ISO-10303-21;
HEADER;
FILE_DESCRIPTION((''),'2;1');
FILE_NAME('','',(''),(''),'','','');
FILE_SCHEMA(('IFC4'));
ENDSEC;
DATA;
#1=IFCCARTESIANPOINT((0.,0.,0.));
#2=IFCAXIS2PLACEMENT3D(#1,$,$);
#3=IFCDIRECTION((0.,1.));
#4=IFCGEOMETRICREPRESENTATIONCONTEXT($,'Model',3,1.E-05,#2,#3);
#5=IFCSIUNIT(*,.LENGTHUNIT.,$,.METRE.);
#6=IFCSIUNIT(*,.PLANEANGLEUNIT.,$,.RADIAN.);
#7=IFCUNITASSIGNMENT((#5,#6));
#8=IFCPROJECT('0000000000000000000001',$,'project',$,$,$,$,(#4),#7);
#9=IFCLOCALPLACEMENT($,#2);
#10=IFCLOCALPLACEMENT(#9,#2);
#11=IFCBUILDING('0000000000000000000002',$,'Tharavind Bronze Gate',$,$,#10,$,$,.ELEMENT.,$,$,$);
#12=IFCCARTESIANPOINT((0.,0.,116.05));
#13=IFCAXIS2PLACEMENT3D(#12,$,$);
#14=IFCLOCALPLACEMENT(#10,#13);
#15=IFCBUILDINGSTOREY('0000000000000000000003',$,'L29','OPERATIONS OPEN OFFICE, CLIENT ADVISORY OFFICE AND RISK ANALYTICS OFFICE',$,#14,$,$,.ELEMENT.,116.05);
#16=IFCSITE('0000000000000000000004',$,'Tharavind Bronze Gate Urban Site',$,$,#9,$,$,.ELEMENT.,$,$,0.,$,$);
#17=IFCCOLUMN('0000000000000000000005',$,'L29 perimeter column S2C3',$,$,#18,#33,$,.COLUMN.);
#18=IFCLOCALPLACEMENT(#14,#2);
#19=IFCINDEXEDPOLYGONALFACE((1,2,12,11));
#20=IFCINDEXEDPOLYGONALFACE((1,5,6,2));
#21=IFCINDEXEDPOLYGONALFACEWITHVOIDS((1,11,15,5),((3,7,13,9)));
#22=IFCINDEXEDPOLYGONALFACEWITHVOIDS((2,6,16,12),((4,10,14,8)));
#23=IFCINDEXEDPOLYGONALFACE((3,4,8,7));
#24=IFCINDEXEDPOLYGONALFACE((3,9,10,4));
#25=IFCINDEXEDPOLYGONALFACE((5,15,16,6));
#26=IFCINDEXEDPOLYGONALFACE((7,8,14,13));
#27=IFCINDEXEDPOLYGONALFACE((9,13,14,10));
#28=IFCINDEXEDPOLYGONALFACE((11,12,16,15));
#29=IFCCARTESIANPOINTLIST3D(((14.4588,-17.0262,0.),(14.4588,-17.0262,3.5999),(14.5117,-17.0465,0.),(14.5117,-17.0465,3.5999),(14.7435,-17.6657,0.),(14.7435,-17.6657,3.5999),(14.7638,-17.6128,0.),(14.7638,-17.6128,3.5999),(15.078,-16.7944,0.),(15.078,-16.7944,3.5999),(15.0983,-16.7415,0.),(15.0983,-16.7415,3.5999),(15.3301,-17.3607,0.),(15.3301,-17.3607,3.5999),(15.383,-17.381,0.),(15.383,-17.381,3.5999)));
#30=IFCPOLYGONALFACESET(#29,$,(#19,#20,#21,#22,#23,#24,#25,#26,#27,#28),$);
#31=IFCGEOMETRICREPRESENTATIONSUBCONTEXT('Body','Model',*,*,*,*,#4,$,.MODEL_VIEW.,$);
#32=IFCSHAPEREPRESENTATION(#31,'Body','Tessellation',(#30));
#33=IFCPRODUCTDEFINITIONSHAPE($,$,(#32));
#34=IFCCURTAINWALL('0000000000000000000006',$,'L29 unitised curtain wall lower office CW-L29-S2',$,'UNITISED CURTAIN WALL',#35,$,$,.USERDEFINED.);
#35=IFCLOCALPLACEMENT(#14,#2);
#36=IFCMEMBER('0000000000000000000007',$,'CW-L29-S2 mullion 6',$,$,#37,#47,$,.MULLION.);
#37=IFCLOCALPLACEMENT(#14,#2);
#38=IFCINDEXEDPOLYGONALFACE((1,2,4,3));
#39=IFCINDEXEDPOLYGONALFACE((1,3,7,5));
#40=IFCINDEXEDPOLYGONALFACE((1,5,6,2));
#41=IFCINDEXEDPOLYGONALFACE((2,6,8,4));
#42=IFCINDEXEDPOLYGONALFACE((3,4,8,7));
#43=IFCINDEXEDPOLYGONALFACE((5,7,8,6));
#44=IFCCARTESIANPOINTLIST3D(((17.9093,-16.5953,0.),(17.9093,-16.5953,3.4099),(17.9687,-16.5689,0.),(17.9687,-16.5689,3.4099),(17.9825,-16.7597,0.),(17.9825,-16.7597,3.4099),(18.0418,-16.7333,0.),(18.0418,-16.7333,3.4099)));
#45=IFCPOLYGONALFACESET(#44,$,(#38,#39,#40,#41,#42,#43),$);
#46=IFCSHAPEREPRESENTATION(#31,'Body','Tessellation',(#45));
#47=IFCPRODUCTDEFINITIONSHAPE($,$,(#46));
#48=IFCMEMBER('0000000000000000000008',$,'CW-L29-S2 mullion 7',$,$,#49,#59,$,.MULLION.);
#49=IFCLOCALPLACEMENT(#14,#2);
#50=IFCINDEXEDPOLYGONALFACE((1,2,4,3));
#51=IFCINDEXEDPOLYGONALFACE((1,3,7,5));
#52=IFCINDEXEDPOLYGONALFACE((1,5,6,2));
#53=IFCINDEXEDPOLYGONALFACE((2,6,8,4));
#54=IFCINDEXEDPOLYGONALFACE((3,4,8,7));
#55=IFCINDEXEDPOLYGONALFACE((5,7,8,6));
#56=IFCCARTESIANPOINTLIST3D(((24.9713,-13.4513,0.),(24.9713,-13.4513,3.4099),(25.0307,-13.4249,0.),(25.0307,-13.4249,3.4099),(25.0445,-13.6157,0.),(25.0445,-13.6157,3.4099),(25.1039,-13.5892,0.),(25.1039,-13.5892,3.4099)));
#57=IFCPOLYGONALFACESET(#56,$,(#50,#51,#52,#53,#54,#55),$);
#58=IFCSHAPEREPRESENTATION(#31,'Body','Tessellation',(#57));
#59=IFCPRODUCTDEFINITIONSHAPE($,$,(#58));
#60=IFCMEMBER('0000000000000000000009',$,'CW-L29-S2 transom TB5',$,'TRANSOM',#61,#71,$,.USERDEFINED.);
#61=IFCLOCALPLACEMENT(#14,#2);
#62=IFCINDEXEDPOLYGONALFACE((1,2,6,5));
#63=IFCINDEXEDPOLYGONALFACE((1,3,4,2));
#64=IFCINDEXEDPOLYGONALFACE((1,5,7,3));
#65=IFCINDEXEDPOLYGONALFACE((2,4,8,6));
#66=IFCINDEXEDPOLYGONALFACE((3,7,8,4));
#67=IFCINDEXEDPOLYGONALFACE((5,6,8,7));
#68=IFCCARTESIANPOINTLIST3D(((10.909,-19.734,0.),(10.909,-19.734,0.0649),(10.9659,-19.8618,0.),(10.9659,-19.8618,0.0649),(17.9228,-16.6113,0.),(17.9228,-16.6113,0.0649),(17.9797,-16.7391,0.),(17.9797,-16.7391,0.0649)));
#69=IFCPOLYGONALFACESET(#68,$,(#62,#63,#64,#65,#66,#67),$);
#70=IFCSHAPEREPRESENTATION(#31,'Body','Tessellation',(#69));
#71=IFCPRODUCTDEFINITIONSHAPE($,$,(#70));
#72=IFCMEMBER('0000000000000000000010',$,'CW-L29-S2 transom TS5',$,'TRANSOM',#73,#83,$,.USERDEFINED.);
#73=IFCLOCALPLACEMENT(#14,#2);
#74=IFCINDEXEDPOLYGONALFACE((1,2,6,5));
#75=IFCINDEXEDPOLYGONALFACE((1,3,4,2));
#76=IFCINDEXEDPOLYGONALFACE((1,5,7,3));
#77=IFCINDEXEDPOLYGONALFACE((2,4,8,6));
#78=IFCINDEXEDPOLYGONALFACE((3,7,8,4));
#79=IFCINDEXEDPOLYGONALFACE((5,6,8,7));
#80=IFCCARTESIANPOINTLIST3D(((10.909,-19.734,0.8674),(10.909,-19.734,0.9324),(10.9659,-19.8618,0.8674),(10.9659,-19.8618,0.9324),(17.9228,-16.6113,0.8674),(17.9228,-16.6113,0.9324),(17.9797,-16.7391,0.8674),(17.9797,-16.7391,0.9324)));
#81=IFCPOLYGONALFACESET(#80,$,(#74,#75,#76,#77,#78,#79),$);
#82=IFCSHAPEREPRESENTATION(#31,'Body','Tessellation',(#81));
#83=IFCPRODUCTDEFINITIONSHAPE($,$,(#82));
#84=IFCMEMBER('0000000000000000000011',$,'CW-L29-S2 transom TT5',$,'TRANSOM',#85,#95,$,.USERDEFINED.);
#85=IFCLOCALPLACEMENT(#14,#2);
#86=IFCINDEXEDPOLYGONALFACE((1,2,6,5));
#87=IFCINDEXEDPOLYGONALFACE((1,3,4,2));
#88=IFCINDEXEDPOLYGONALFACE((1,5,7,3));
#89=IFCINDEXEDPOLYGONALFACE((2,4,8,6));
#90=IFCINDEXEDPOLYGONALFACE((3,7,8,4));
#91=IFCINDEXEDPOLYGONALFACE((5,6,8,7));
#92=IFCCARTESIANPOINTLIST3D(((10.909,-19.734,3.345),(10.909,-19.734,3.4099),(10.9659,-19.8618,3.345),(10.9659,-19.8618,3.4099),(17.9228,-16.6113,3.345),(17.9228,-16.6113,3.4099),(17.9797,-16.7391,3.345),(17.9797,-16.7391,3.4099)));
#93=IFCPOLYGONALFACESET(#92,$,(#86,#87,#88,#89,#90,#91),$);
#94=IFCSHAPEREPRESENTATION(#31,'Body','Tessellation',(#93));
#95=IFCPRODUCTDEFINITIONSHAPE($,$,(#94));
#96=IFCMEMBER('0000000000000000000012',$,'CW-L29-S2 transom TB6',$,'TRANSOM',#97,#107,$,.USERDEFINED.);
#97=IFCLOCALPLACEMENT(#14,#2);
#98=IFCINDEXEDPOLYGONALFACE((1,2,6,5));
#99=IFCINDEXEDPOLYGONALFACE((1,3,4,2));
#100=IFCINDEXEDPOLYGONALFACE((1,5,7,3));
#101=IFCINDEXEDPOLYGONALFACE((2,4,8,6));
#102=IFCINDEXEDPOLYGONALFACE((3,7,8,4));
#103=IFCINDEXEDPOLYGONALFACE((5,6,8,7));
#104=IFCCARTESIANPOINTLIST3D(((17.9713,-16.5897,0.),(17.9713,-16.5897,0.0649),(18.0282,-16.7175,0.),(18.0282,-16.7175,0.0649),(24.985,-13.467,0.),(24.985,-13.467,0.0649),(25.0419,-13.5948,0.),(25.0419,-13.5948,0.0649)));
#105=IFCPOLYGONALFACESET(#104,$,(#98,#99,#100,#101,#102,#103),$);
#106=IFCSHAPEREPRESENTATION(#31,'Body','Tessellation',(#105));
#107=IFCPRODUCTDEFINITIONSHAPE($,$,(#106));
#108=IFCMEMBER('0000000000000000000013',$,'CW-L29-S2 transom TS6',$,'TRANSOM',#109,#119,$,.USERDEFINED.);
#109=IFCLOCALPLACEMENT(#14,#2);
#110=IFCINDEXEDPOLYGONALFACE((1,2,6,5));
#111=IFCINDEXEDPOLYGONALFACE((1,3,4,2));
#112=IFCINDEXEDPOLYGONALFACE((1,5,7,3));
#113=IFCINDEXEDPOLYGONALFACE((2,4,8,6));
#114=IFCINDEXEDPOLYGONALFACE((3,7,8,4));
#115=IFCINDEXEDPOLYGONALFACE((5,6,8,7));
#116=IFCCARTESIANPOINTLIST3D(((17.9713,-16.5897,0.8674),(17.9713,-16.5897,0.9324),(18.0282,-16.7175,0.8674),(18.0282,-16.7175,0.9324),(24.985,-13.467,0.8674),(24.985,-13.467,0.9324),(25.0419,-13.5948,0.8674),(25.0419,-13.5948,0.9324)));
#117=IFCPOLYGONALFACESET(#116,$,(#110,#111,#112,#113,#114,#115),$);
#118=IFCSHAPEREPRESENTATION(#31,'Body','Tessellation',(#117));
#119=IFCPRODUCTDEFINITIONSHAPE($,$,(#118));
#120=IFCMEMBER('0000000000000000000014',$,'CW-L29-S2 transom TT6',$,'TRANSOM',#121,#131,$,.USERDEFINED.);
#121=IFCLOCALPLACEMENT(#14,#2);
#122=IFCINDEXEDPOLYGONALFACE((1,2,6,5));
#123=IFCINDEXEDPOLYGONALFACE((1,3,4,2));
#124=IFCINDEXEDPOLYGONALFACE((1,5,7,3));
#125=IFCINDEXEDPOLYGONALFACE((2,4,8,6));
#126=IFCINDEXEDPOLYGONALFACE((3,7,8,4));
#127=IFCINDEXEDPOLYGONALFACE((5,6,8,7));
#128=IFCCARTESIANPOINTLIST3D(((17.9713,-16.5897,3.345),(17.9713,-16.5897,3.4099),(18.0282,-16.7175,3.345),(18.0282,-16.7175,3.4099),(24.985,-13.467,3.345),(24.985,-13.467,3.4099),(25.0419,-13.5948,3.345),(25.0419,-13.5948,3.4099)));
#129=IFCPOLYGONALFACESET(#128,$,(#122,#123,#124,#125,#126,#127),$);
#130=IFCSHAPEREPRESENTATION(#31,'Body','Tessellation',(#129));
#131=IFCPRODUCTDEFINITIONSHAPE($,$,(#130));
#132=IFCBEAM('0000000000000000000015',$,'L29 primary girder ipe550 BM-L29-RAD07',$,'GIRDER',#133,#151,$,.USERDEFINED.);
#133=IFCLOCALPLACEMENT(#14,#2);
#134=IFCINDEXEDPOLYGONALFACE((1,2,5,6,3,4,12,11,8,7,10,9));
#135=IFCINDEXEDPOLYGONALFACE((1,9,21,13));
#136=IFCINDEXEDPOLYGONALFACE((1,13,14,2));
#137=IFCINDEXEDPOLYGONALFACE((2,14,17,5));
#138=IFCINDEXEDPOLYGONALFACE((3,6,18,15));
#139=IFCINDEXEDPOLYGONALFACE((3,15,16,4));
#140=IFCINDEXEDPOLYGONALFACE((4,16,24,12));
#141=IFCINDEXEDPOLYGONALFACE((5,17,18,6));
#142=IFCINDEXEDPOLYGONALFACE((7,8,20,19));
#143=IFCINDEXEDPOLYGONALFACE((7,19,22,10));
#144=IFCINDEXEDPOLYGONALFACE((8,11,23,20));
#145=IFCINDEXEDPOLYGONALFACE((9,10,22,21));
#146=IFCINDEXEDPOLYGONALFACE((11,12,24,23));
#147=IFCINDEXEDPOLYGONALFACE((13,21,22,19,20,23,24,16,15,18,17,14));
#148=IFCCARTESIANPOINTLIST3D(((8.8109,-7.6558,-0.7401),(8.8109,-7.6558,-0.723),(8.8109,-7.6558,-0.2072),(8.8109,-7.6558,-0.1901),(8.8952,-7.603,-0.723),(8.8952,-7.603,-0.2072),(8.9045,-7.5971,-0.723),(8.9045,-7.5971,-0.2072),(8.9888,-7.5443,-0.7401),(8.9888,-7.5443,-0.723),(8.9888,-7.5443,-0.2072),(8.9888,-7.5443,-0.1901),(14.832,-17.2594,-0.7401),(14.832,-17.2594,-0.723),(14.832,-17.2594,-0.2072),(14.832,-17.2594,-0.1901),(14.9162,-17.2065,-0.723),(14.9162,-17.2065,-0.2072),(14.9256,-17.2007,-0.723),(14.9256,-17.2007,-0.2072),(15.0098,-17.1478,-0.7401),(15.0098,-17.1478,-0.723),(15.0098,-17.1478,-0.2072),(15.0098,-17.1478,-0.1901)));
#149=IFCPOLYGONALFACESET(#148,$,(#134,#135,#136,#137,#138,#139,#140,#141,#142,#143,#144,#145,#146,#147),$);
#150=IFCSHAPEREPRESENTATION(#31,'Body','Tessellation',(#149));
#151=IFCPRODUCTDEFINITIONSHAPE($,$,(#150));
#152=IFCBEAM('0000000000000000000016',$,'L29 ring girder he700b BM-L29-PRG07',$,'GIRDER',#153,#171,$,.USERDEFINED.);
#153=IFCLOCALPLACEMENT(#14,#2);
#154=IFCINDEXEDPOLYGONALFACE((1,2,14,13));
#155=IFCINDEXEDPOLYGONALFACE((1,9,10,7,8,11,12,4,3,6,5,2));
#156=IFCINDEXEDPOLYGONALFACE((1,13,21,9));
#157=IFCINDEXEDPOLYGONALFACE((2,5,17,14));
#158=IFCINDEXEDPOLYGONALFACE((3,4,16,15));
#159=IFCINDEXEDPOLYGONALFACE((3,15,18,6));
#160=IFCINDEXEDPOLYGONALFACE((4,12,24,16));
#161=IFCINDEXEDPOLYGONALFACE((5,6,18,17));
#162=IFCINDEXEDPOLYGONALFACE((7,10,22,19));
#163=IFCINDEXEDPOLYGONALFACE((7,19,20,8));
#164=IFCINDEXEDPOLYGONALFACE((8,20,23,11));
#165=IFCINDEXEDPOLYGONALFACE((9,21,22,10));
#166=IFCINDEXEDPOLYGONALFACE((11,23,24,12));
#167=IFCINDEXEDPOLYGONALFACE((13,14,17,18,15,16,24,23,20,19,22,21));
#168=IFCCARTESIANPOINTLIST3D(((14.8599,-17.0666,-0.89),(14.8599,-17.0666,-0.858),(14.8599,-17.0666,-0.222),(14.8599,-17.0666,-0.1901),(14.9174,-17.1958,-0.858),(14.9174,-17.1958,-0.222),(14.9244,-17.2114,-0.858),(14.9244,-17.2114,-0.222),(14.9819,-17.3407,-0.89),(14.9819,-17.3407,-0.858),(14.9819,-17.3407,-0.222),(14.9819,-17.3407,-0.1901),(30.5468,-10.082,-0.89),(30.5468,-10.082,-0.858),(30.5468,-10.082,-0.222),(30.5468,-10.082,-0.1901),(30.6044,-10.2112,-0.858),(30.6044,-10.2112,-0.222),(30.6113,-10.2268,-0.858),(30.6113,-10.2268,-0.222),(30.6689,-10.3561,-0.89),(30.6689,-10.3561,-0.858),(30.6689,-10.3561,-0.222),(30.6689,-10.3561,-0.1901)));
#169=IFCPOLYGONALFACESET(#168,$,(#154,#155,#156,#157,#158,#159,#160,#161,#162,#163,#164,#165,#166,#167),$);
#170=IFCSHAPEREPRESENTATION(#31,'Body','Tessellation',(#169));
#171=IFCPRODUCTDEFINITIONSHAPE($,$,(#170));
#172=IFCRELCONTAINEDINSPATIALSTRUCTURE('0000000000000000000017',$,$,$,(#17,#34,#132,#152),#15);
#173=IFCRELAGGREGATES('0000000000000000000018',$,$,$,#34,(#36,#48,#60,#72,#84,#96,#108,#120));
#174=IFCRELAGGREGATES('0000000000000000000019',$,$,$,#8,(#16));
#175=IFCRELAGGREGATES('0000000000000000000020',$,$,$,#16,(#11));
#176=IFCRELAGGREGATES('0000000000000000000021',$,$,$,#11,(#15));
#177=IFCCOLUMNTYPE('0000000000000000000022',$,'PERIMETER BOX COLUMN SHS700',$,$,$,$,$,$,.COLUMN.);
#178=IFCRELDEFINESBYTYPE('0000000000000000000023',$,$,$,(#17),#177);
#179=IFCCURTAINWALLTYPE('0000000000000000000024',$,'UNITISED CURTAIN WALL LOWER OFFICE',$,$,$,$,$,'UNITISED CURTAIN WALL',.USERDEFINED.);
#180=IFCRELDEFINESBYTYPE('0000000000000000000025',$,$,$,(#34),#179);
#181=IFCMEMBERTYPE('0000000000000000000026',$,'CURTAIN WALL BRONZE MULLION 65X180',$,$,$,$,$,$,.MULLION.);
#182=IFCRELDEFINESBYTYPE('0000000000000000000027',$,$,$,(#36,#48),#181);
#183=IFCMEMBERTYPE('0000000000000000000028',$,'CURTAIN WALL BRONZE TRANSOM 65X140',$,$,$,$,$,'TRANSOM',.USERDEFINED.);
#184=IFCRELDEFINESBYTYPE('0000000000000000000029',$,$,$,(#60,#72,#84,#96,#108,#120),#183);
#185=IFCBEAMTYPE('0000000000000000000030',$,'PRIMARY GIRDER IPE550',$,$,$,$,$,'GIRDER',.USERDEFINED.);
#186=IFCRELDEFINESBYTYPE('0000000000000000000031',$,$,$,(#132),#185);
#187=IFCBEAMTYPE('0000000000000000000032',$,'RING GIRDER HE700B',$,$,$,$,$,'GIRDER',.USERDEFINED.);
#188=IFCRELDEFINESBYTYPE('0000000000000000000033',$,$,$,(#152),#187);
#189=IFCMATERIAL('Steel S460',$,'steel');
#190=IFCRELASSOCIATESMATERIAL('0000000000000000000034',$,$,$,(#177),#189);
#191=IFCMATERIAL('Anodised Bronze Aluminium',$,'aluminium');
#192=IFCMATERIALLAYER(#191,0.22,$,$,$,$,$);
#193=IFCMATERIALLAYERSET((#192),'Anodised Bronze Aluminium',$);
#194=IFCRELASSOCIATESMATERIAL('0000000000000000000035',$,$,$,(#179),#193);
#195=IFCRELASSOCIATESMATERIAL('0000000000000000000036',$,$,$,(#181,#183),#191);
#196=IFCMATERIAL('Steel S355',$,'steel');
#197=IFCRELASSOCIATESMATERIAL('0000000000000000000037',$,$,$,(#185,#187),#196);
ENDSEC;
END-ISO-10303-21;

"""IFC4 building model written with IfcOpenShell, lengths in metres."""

from ifc_helpers import new_model, si_unit, direction, frame, origin, origin_2d, place, context, subcontext, project, spatial, rectangle, hollow_rectangle, i_section, extrude, material, layer, layer_set, material_profile, profile_set, type_object, element, aggregate, save


model = new_model("IFC4")

# Units and contexts
model_context = context("Model", 3, precision=1e-05, world=origin(), true_north=direction((0.0, 1.0)))
body_context = subcontext(model_context, "Body", "Model", "MODEL_VIEW")
ifc_project = project(units=[si_unit("LENGTHUNIT", "METRE"), si_unit("PLANEANGLEUNIT", "RADIAN")], contexts=[model_context])

# Site, building, storey
site_placement = place(None, origin())
site = spatial("IfcSite", under=ifc_project, at=site_placement, Name="Tharavind Bronze Gate Urban Site", CompositionType="ELEMENT", RefElevation=0.0)
building_placement = place(site_placement, origin())
building = spatial("IfcBuilding", under=site, at=building_placement, Name="Tharavind Bronze Gate", CompositionType="ELEMENT")
storey_placement = place(building_placement, frame((0.0, 0.0, 116.05)))
storey = spatial("IfcBuildingStorey", under=building, at=storey_placement, Name="L29", Description="OPERATIONS OPEN OFFICE, CLIENT ADVISORY OFFICE AND RISK ANALYTICS OFFICE", CompositionType="ELEMENT", Elevation=116.05)

# Column
ifc_material_1 = material(Name="Steel S460", Category="steel")
ifc_material_profile_1 = material_profile(ifc_material_1, hollow_rectangle(XDim=0.7, YDim=0.7, WallThickness=0.04, at=origin_2d()), Name="SHS700X40")
ifc_profile_set_1 = profile_set([ifc_material_profile_1], Name="Steel S460")
column_type = type_object("IfcColumnType", Name="PERIMETER BOX COLUMN SHS700", PredefinedType="COLUMN", material=ifc_profile_set_1)
column_placement = place(storey_placement, frame((14.9209, -17.2036, 0.0), z_axis=(0.0, 0.0, 1.0), x_axis=(0.913545, 0.406737, 0.0)))
element("IfcColumn", 1, at=column_placement, inside=storey, type_object=column_type, Name="L29 perimeter column S2C3", PredefinedType="COLUMN", context=body_context, shape_type="SweptSolid", body=[
    extrude(hollow_rectangle(XDim=0.7, YDim=0.7, WallThickness=0.04, at=origin_2d()), origin(), (0.0, 0.0, 1.0), 3.5999),
])

# Curtain wall, members
ifc_material_2 = material(Name="Anodised Bronze Aluminium", Category="aluminium")
ifc_layer_1 = layer(ifc_material_2, 0.22)
ifc_layer_set_1 = layer_set([ifc_layer_1], Name="Anodised Bronze Aluminium")
curtain_wall_type = type_object("IfcCurtainWallType", Name="UNITISED CURTAIN WALL LOWER OFFICE", ElementType="UNITISED CURTAIN WALL", PredefinedType="USERDEFINED", material=ifc_layer_set_1)
curtain_wall_placement = place(storey_placement, origin())
curtain_wall = element("IfcCurtainWall", 2, at=curtain_wall_placement, inside=storey, type_object=curtain_wall_type, Name="L29 unitised curtain wall lower office CW-L29-S2", ObjectType="UNITISED CURTAIN WALL", PredefinedType="USERDEFINED")
member_type_1 = type_object("IfcMemberType", Name="CURTAIN WALL BRONZE MULLION 65X180", PredefinedType="MULLION", material=ifc_material_2)
member_1_placement = place(storey_placement, frame((17.9756, -16.6643, 0.0), z_axis=(0.0, 0.0, 1.0), x_axis=(0.913545, 0.406737, 0.0)))
member_1 = element("IfcMember", 3, at=member_1_placement, type_object=member_type_1, Name="CW-L29-S2 mullion 6", PredefinedType="MULLION", context=body_context, shape_type="SweptSolid", body=[
    extrude(rectangle(XDim=0.0649, YDim=0.1799, at=origin_2d()), origin(), (0.0, 0.0, 1.0), 3.4099),
])
member_2_placement = place(storey_placement, frame((25.0376, -13.5203, 0.0), z_axis=(0.0, 0.0, 1.0), x_axis=(0.913545, 0.406737, 0.0)))
member_2 = element("IfcMember", 4, at=member_2_placement, type_object=member_type_1, Name="CW-L29-S2 mullion 7", PredefinedType="MULLION", context=body_context, shape_type="SweptSolid", body=[
    extrude(rectangle(XDim=0.0649, YDim=0.1799, at=origin_2d()), origin(), (0.0, 0.0, 1.0), 3.4099),
])
member_type_2 = type_object("IfcMemberType", Name="CURTAIN WALL BRONZE TRANSOM 65X140", ElementType="TRANSOM", PredefinedType="USERDEFINED", material=ifc_material_2)
member_3_placement = place(storey_placement, frame((14.4443, -18.2366, 0.0), z_axis=(0.0, 0.0, 1.0), x_axis=(0.913545, 0.406737, 0.0)))
member_3 = element("IfcMember", 5, at=member_3_placement, type_object=member_type_2, Name="CW-L29-S2 transom TB5", ObjectType="TRANSOM", PredefinedType="USERDEFINED", context=body_context, shape_type="SweptSolid", body=[
    extrude(rectangle(XDim=7.6775, YDim=0.1399, at=origin_2d()), origin(), (0.0, 0.0, 1.0), 0.0649),
])
member_4_placement = place(storey_placement, frame((14.4443, -18.2366, 0.8674), z_axis=(0.0, 0.0, 1.0), x_axis=(0.913545, 0.406737, 0.0)))
member_4 = element("IfcMember", 6, at=member_4_placement, type_object=member_type_2, Name="CW-L29-S2 transom TS5", ObjectType="TRANSOM", PredefinedType="USERDEFINED", context=body_context, shape_type="SweptSolid", body=[
    extrude(rectangle(XDim=7.6775, YDim=0.1399, at=origin_2d()), origin(), (0.0, 0.0, 1.0), 0.0649),
])
member_5_placement = place(storey_placement, frame((14.4443, -18.2366, 3.345), z_axis=(0.0, 0.0, 1.0), x_axis=(0.913545, 0.406737, 0.0)))
member_5 = element("IfcMember", 7, at=member_5_placement, type_object=member_type_2, Name="CW-L29-S2 transom TT5", ObjectType="TRANSOM", PredefinedType="USERDEFINED", context=body_context, shape_type="SweptSolid", body=[
    extrude(rectangle(XDim=7.6775, YDim=0.1399, at=origin_2d()), origin(), (0.0, 0.0, 1.0), 0.0649),
])
member_6_placement = place(storey_placement, frame((21.5066, -15.0923, 0.0), z_axis=(0.0, 0.0, 1.0), x_axis=(0.913545, 0.406737, 0.0)))
member_6 = element("IfcMember", 8, at=member_6_placement, type_object=member_type_2, Name="CW-L29-S2 transom TB6", ObjectType="TRANSOM", PredefinedType="USERDEFINED", context=body_context, shape_type="SweptSolid", body=[
    extrude(rectangle(XDim=7.6775, YDim=0.1399, at=origin_2d()), origin(), (0.0, 0.0, 1.0), 0.0649),
])
member_7_placement = place(storey_placement, frame((21.5066, -15.0923, 0.8674), z_axis=(0.0, 0.0, 1.0), x_axis=(0.913545, 0.406737, 0.0)))
member_7 = element("IfcMember", 9, at=member_7_placement, type_object=member_type_2, Name="CW-L29-S2 transom TS6", ObjectType="TRANSOM", PredefinedType="USERDEFINED", context=body_context, shape_type="SweptSolid", body=[
    extrude(rectangle(XDim=7.6775, YDim=0.1399, at=origin_2d()), origin(), (0.0, 0.0, 1.0), 0.0649),
])
member_8_placement = place(storey_placement, frame((21.5066, -15.0923, 3.345), z_axis=(0.0, 0.0, 1.0), x_axis=(0.913545, 0.406737, 0.0)))
member_8 = element("IfcMember", 10, at=member_8_placement, type_object=member_type_2, Name="CW-L29-S2 transom TT6", ObjectType="TRANSOM", PredefinedType="USERDEFINED", context=body_context, shape_type="SweptSolid", body=[
    extrude(rectangle(XDim=7.6775, YDim=0.1399, at=origin_2d()), origin(), (0.0, 0.0, 1.0), 0.0649),
])

# Beams
ifc_material_3 = material(Name="Steel S355", Category="steel")
ifc_material_profile_2 = material_profile(ifc_material_3, i_section(OverallWidth=0.21, OverallDepth=0.55, WebThickness=0.011, FlangeThickness=0.0171, at=origin_2d()), Name="IPE550")
ifc_profile_set_2 = profile_set([ifc_material_profile_2], Name="Steel S355")
beam_type_1 = type_object("IfcBeamType", Name="PRIMARY GIRDER IPE550", ElementType="GIRDER", PredefinedType="USERDEFINED", material=ifc_profile_set_2)
beam_1_placement = place(storey_placement, frame((14.9209, -17.2036, -0.4651), z_axis=(-0.531191, 0.847252, 0.0), x_axis=(-0.847252, -0.531191, 0.0)))
element("IfcBeam", 11, at=beam_1_placement, inside=storey, type_object=beam_type_1, Name="L29 primary girder ipe550 BM-L29-RAD07", ObjectType="GIRDER", PredefinedType="USERDEFINED", context=body_context, shape_type="SweptSolid", body=[
    extrude(i_section(OverallWidth=0.21, OverallDepth=0.55, WebThickness=0.011, FlangeThickness=0.0171, at=origin_2d()), origin(), (0.0, 0.0, 1.0), 11.335),
])
ifc_material_profile_3 = material_profile(ifc_material_3, i_section(OverallWidth=0.3, OverallDepth=0.7, WebThickness=0.0171, FlangeThickness=0.032, at=origin_2d()), Name="HE700B")
ifc_profile_set_3 = profile_set([ifc_material_profile_3], Name="Steel S355")
beam_type_2 = type_object("IfcBeamType", Name="RING GIRDER HE700B", ElementType="GIRDER", PredefinedType="USERDEFINED", material=ifc_profile_set_3)
beam_2_placement = place(storey_placement, frame((14.9209, -17.2036, -0.54), z_axis=(0.913539, 0.406752, 0.0), x_axis=(-0.406752, 0.913539, 0.0)))
element("IfcBeam", 12, at=beam_2_placement, inside=storey, type_object=beam_type_2, Name="L29 ring girder he700b BM-L29-PRG07", ObjectType="GIRDER", PredefinedType="USERDEFINED", context=body_context, shape_type="SweptSolid", body=[
    extrude(i_section(OverallWidth=0.3, OverallDepth=0.7, WebThickness=0.0171, FlangeThickness=0.032, at=origin_2d()), origin(), (0.0, 0.0, 1.0), 17.1716),
])

aggregate(curtain_wall, [member_1, member_2, member_3, member_4, member_5, member_6, member_7, member_8])

save(model, "model.ifc")
